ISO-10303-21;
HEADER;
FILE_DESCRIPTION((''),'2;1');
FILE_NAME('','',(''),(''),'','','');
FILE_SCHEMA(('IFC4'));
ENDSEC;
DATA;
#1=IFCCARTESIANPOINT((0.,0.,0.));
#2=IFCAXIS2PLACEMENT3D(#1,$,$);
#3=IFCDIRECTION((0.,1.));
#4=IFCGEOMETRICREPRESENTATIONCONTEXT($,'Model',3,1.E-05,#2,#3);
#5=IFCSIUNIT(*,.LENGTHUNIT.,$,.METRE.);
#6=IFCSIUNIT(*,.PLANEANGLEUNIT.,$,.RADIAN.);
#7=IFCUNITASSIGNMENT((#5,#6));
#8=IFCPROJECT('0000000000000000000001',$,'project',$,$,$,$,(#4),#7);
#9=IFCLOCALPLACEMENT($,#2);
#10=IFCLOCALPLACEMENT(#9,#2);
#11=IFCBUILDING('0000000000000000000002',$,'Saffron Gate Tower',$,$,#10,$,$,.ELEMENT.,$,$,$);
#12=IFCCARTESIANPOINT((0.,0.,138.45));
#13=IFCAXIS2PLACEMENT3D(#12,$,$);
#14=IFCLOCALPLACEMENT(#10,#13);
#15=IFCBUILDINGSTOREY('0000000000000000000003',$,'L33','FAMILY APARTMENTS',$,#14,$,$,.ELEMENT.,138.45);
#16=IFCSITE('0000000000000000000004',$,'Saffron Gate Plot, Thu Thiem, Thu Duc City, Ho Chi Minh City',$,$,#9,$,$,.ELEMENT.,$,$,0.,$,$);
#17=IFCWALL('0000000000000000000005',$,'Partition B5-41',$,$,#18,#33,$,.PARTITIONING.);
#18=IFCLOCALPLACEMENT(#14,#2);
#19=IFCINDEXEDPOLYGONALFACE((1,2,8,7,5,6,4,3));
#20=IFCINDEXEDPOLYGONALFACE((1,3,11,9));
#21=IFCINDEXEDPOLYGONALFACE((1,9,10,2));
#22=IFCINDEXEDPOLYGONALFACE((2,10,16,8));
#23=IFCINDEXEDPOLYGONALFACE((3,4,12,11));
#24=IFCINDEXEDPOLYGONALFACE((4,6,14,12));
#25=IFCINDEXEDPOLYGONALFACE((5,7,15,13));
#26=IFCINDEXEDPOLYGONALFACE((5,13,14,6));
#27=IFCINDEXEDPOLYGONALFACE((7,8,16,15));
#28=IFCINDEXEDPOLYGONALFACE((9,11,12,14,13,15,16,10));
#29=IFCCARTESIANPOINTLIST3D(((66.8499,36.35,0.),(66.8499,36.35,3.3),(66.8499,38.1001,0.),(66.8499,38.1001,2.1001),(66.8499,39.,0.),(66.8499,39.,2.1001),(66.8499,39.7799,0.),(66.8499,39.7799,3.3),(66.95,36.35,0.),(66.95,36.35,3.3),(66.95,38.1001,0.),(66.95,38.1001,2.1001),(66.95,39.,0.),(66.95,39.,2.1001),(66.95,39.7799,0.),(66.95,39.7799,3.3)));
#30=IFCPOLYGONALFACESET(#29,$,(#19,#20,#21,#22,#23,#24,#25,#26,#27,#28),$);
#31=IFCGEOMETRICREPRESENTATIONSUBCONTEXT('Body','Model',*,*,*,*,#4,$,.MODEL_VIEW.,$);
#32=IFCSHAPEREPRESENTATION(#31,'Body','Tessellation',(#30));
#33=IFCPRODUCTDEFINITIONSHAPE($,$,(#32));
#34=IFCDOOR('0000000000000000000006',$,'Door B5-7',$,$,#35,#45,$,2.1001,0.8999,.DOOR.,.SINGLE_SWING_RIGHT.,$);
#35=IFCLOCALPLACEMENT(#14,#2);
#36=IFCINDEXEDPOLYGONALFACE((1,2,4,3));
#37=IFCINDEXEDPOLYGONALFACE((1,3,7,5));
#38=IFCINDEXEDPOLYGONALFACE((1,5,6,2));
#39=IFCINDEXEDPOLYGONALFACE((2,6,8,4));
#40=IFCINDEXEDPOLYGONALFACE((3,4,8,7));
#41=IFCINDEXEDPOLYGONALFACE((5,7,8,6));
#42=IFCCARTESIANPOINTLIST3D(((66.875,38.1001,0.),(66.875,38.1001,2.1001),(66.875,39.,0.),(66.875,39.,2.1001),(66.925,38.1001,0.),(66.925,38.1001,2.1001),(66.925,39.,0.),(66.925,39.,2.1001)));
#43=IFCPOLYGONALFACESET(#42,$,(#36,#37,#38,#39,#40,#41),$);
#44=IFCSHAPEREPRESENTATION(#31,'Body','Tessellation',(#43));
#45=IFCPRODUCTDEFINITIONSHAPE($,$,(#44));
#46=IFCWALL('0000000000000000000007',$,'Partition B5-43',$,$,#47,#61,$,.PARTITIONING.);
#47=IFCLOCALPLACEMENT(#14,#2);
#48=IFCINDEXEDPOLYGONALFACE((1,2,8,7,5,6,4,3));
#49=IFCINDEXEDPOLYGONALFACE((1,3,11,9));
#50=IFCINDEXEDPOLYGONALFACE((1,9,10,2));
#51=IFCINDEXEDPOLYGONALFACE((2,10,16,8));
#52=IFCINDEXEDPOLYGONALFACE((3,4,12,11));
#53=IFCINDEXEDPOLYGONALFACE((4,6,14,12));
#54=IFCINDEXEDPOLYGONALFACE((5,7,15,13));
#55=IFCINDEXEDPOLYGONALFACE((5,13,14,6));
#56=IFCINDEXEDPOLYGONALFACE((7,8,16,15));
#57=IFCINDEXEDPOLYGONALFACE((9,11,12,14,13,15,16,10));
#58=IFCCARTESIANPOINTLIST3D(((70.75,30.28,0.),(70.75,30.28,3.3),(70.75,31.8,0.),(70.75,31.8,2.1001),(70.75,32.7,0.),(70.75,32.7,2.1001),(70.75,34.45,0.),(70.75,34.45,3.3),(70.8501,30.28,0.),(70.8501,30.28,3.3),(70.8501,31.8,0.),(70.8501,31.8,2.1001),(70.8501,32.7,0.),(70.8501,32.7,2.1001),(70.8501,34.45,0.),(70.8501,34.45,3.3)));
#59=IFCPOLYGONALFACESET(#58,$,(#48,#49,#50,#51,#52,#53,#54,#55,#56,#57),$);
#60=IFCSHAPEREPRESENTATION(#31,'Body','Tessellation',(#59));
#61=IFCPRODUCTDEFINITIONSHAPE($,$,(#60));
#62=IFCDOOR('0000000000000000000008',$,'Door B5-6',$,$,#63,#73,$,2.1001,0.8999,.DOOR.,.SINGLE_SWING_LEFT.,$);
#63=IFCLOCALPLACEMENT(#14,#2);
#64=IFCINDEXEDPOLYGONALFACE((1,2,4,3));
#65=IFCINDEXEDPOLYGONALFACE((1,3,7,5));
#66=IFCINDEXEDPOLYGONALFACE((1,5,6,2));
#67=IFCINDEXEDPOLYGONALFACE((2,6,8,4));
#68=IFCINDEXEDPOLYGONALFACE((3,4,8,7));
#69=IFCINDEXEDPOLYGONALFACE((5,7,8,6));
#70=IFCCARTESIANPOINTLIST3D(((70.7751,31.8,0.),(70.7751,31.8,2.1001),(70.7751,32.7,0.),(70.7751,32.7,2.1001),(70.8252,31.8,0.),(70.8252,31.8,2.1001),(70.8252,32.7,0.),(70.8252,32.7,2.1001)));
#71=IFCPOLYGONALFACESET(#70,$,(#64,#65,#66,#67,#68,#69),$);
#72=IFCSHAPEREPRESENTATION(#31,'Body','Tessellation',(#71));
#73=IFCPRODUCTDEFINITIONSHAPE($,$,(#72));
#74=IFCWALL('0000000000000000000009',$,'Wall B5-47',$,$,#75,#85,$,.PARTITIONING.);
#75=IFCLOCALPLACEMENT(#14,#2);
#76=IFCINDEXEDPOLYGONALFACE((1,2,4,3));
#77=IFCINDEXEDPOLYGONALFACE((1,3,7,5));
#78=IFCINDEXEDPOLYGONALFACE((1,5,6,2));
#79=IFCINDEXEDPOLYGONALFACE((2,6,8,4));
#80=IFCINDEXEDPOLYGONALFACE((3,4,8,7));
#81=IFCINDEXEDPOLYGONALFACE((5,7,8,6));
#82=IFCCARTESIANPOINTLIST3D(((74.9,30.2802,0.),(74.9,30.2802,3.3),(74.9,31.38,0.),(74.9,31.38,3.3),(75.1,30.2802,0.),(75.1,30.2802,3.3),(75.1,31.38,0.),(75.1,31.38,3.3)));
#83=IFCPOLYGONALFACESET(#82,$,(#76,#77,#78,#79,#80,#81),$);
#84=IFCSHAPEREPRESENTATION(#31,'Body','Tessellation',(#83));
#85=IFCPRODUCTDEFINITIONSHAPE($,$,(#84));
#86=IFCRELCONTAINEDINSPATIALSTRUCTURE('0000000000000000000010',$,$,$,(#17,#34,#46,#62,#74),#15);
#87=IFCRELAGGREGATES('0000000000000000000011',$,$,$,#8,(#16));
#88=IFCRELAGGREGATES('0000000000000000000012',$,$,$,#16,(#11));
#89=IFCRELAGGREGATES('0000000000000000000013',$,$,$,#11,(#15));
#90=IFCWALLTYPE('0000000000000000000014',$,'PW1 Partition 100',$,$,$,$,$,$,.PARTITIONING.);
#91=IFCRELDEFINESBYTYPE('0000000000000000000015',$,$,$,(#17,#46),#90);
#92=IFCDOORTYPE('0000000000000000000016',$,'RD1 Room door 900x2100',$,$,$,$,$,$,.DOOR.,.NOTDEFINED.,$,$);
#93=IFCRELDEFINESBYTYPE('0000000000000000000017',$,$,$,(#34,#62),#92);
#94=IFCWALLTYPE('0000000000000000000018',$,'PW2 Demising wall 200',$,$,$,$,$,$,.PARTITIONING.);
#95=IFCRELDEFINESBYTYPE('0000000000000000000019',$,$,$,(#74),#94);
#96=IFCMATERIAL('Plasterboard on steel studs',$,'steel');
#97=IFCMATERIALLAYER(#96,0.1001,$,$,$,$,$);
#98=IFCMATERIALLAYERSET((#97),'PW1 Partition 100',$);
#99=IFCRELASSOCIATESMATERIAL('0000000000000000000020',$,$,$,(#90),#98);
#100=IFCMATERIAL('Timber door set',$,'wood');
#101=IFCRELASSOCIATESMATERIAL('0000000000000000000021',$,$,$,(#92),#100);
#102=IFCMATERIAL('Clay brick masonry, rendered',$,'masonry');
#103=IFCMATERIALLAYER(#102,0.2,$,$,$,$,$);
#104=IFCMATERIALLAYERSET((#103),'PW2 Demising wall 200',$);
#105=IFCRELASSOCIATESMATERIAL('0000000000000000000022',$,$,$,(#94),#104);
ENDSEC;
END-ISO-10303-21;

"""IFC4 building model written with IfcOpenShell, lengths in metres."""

from ifc_helpers import new_model, si_unit, direction, frame, frame_2d, origin, place, context, subcontext, project, spatial, rectangle, extrude, material, layer, layer_set, type_object, element, fill, save


model = new_model("IFC4")

# Units and contexts
model_context = context("Model", 3, precision=1e-05, world=origin(), true_north=direction((0.0, 1.0)))
body_context = subcontext(model_context, "Body", "Model", "MODEL_VIEW")
ifc_project = project(units=[si_unit("LENGTHUNIT", "METRE"), si_unit("PLANEANGLEUNIT", "RADIAN")], contexts=[model_context])

# Site, building, storey
site_placement = place(None, origin())
site = spatial("IfcSite", under=ifc_project, at=site_placement, Name="Saffron Gate Plot, Thu Thiem, Thu Duc City, Ho Chi Minh City", CompositionType="ELEMENT", RefElevation=0.0)
building_placement = place(site_placement, origin())
building = spatial("IfcBuilding", under=site, at=building_placement, Name="Saffron Gate Tower", CompositionType="ELEMENT")
storey_placement = place(building_placement, frame((0.0, 0.0, 138.45)))
storey = spatial("IfcBuildingStorey", under=building, at=storey_placement, Name="L33", Description="FAMILY APARTMENTS", CompositionType="ELEMENT", Elevation=138.45)

# Shared definitions
ifc_material_1 = material(Name="Plasterboard on steel studs", Category="steel")
ifc_layer_1 = layer(ifc_material_1, 0.1001)
ifc_layer_set_1 = layer_set([ifc_layer_1], Name="PW1 Partition 100")
wall_type_1 = type_object("IfcWallType", Name="PW1 Partition 100", PredefinedType="PARTITIONING", material=ifc_layer_set_1)
ifc_material_2 = material(Name="Timber door set", Category="wood")
door_type_1 = type_object("IfcDoorType", Name="RD1 Room door 900x2100", OperationType="NOTDEFINED", PredefinedType="DOOR", material=ifc_material_2)

# Walls, openings, doors
wall_1_placement = place(storey_placement, frame((66.8999, 36.3501, 0.0), z_axis=(0.0, 0.0, 1.0), x_axis=(0.0, 1.0, 0.0)))
wall_1 = element("IfcWall", 1, at=wall_1_placement, inside=storey, type_object=wall_type_1, Name="Partition B5-41", PredefinedType="PARTITIONING", context=body_context, shape_type="SweptSolid", body=[
    extrude(rectangle(XDim=3.4299, YDim=0.1001, at=frame_2d((1.7148, 0.0))), origin(), (0.0, 0.0, 1.0), 3.3),
])
opening_1_placement = place(wall_1_placement, frame((1.75, 0.0, 0.0)))
opening_1 = element("IfcOpeningElement", 2, at=opening_1_placement, cuts=wall_1, PredefinedType="OPENING", context=body_context, shape_type="SweptSolid", body=[
    extrude(rectangle(XDim=0.8999, YDim=2.1001, at=frame_2d((0.45, 1.05))), frame((0.0, 0.0601, 0.0), z_axis=(0.0, -1.0, 0.0), x_axis=(1.0, 0.0, 0.0)), (0.0, 0.0, 1.0), 0.1201),
])
door_1_placement = place(opening_1_placement, origin())
door_1 = element("IfcDoor", 3, at=door_1_placement, inside=storey, type_object=door_type_1, Name="Door B5-7", OperationType="SINGLE_SWING_RIGHT", OverallHeight=2.1001, OverallWidth=0.8999, PredefinedType="DOOR", context=body_context, shape_type="SweptSolid", body=[
    extrude(rectangle(XDim=0.8999, YDim=2.1001, at=frame_2d((0.45, 1.05))), frame((0.0, 0.0249, 0.0), z_axis=(0.0, -1.0, 0.0), x_axis=(1.0, 0.0, 0.0)), (0.0, 0.0, 1.0), 0.05),
])
fill(opening_1, door_1)
wall_2_placement = place(storey_placement, frame((70.8, 30.28, 0.0), z_axis=(0.0, 0.0, 1.0), x_axis=(0.0, 1.0, 0.0)))
wall_2 = element("IfcWall", 4, at=wall_2_placement, inside=storey, type_object=wall_type_1, Name="Partition B5-43", PredefinedType="PARTITIONING", context=body_context, shape_type="SweptSolid", body=[
    extrude(rectangle(XDim=4.1699, YDim=0.1001, at=frame_2d((2.085, 0.0))), origin(), (0.0, 0.0, 1.0), 3.3),
])
opening_2_placement = place(wall_2_placement, frame((1.52, 0.0, 0.0)))
opening_2 = element("IfcOpeningElement", 5, at=opening_2_placement, cuts=wall_2, PredefinedType="OPENING", context=body_context, shape_type="SweptSolid", body=[
    extrude(rectangle(XDim=0.8999, YDim=2.1001, at=frame_2d((0.45, 1.05))), frame((0.0, 0.0601, 0.0), z_axis=(0.0, -1.0, 0.0), x_axis=(1.0, 0.0, 0.0)), (0.0, 0.0, 1.0), 0.1201),
])
door_2_placement = place(opening_2_placement, origin())
door_2 = element("IfcDoor", 6, at=door_2_placement, inside=storey, type_object=door_type_1, Name="Door B5-6", OperationType="SINGLE_SWING_LEFT", OverallHeight=2.1001, OverallWidth=0.8999, PredefinedType="DOOR", context=body_context, shape_type="SweptSolid", body=[
    extrude(rectangle(XDim=0.8999, YDim=2.1001, at=frame_2d((0.45, 1.05))), frame((0.0, 0.0249, 0.0), z_axis=(0.0, -1.0, 0.0), x_axis=(1.0, 0.0, 0.0)), (0.0, 0.0, 1.0), 0.05),
])
fill(opening_2, door_2)

# Wall
ifc_material_3 = material(Name="Clay brick masonry, rendered", Category="masonry")
ifc_layer_2 = layer(ifc_material_3, 0.2)
ifc_layer_set_2 = layer_set([ifc_layer_2], Name="PW2 Demising wall 200")
wall_type_2 = type_object("IfcWallType", Name="PW2 Demising wall 200", PredefinedType="PARTITIONING", material=ifc_layer_set_2)
wall_3_placement = place(storey_placement, frame((75.0, 31.3799, 0.0), z_axis=(0.0, 0.0, 1.0), x_axis=(0.0, -1.0, 0.0)))
element("IfcWall", 7, at=wall_3_placement, inside=storey, type_object=wall_type_2, Name="Wall B5-47", PredefinedType="PARTITIONING", context=body_context, shape_type="SweptSolid", body=[
    extrude(rectangle(XDim=1.0999, YDim=0.2, at=frame_2d((0.5498, 0.0))), origin(), (0.0, 0.0, 1.0), 3.3),
])

save(model, "model.ifc")
